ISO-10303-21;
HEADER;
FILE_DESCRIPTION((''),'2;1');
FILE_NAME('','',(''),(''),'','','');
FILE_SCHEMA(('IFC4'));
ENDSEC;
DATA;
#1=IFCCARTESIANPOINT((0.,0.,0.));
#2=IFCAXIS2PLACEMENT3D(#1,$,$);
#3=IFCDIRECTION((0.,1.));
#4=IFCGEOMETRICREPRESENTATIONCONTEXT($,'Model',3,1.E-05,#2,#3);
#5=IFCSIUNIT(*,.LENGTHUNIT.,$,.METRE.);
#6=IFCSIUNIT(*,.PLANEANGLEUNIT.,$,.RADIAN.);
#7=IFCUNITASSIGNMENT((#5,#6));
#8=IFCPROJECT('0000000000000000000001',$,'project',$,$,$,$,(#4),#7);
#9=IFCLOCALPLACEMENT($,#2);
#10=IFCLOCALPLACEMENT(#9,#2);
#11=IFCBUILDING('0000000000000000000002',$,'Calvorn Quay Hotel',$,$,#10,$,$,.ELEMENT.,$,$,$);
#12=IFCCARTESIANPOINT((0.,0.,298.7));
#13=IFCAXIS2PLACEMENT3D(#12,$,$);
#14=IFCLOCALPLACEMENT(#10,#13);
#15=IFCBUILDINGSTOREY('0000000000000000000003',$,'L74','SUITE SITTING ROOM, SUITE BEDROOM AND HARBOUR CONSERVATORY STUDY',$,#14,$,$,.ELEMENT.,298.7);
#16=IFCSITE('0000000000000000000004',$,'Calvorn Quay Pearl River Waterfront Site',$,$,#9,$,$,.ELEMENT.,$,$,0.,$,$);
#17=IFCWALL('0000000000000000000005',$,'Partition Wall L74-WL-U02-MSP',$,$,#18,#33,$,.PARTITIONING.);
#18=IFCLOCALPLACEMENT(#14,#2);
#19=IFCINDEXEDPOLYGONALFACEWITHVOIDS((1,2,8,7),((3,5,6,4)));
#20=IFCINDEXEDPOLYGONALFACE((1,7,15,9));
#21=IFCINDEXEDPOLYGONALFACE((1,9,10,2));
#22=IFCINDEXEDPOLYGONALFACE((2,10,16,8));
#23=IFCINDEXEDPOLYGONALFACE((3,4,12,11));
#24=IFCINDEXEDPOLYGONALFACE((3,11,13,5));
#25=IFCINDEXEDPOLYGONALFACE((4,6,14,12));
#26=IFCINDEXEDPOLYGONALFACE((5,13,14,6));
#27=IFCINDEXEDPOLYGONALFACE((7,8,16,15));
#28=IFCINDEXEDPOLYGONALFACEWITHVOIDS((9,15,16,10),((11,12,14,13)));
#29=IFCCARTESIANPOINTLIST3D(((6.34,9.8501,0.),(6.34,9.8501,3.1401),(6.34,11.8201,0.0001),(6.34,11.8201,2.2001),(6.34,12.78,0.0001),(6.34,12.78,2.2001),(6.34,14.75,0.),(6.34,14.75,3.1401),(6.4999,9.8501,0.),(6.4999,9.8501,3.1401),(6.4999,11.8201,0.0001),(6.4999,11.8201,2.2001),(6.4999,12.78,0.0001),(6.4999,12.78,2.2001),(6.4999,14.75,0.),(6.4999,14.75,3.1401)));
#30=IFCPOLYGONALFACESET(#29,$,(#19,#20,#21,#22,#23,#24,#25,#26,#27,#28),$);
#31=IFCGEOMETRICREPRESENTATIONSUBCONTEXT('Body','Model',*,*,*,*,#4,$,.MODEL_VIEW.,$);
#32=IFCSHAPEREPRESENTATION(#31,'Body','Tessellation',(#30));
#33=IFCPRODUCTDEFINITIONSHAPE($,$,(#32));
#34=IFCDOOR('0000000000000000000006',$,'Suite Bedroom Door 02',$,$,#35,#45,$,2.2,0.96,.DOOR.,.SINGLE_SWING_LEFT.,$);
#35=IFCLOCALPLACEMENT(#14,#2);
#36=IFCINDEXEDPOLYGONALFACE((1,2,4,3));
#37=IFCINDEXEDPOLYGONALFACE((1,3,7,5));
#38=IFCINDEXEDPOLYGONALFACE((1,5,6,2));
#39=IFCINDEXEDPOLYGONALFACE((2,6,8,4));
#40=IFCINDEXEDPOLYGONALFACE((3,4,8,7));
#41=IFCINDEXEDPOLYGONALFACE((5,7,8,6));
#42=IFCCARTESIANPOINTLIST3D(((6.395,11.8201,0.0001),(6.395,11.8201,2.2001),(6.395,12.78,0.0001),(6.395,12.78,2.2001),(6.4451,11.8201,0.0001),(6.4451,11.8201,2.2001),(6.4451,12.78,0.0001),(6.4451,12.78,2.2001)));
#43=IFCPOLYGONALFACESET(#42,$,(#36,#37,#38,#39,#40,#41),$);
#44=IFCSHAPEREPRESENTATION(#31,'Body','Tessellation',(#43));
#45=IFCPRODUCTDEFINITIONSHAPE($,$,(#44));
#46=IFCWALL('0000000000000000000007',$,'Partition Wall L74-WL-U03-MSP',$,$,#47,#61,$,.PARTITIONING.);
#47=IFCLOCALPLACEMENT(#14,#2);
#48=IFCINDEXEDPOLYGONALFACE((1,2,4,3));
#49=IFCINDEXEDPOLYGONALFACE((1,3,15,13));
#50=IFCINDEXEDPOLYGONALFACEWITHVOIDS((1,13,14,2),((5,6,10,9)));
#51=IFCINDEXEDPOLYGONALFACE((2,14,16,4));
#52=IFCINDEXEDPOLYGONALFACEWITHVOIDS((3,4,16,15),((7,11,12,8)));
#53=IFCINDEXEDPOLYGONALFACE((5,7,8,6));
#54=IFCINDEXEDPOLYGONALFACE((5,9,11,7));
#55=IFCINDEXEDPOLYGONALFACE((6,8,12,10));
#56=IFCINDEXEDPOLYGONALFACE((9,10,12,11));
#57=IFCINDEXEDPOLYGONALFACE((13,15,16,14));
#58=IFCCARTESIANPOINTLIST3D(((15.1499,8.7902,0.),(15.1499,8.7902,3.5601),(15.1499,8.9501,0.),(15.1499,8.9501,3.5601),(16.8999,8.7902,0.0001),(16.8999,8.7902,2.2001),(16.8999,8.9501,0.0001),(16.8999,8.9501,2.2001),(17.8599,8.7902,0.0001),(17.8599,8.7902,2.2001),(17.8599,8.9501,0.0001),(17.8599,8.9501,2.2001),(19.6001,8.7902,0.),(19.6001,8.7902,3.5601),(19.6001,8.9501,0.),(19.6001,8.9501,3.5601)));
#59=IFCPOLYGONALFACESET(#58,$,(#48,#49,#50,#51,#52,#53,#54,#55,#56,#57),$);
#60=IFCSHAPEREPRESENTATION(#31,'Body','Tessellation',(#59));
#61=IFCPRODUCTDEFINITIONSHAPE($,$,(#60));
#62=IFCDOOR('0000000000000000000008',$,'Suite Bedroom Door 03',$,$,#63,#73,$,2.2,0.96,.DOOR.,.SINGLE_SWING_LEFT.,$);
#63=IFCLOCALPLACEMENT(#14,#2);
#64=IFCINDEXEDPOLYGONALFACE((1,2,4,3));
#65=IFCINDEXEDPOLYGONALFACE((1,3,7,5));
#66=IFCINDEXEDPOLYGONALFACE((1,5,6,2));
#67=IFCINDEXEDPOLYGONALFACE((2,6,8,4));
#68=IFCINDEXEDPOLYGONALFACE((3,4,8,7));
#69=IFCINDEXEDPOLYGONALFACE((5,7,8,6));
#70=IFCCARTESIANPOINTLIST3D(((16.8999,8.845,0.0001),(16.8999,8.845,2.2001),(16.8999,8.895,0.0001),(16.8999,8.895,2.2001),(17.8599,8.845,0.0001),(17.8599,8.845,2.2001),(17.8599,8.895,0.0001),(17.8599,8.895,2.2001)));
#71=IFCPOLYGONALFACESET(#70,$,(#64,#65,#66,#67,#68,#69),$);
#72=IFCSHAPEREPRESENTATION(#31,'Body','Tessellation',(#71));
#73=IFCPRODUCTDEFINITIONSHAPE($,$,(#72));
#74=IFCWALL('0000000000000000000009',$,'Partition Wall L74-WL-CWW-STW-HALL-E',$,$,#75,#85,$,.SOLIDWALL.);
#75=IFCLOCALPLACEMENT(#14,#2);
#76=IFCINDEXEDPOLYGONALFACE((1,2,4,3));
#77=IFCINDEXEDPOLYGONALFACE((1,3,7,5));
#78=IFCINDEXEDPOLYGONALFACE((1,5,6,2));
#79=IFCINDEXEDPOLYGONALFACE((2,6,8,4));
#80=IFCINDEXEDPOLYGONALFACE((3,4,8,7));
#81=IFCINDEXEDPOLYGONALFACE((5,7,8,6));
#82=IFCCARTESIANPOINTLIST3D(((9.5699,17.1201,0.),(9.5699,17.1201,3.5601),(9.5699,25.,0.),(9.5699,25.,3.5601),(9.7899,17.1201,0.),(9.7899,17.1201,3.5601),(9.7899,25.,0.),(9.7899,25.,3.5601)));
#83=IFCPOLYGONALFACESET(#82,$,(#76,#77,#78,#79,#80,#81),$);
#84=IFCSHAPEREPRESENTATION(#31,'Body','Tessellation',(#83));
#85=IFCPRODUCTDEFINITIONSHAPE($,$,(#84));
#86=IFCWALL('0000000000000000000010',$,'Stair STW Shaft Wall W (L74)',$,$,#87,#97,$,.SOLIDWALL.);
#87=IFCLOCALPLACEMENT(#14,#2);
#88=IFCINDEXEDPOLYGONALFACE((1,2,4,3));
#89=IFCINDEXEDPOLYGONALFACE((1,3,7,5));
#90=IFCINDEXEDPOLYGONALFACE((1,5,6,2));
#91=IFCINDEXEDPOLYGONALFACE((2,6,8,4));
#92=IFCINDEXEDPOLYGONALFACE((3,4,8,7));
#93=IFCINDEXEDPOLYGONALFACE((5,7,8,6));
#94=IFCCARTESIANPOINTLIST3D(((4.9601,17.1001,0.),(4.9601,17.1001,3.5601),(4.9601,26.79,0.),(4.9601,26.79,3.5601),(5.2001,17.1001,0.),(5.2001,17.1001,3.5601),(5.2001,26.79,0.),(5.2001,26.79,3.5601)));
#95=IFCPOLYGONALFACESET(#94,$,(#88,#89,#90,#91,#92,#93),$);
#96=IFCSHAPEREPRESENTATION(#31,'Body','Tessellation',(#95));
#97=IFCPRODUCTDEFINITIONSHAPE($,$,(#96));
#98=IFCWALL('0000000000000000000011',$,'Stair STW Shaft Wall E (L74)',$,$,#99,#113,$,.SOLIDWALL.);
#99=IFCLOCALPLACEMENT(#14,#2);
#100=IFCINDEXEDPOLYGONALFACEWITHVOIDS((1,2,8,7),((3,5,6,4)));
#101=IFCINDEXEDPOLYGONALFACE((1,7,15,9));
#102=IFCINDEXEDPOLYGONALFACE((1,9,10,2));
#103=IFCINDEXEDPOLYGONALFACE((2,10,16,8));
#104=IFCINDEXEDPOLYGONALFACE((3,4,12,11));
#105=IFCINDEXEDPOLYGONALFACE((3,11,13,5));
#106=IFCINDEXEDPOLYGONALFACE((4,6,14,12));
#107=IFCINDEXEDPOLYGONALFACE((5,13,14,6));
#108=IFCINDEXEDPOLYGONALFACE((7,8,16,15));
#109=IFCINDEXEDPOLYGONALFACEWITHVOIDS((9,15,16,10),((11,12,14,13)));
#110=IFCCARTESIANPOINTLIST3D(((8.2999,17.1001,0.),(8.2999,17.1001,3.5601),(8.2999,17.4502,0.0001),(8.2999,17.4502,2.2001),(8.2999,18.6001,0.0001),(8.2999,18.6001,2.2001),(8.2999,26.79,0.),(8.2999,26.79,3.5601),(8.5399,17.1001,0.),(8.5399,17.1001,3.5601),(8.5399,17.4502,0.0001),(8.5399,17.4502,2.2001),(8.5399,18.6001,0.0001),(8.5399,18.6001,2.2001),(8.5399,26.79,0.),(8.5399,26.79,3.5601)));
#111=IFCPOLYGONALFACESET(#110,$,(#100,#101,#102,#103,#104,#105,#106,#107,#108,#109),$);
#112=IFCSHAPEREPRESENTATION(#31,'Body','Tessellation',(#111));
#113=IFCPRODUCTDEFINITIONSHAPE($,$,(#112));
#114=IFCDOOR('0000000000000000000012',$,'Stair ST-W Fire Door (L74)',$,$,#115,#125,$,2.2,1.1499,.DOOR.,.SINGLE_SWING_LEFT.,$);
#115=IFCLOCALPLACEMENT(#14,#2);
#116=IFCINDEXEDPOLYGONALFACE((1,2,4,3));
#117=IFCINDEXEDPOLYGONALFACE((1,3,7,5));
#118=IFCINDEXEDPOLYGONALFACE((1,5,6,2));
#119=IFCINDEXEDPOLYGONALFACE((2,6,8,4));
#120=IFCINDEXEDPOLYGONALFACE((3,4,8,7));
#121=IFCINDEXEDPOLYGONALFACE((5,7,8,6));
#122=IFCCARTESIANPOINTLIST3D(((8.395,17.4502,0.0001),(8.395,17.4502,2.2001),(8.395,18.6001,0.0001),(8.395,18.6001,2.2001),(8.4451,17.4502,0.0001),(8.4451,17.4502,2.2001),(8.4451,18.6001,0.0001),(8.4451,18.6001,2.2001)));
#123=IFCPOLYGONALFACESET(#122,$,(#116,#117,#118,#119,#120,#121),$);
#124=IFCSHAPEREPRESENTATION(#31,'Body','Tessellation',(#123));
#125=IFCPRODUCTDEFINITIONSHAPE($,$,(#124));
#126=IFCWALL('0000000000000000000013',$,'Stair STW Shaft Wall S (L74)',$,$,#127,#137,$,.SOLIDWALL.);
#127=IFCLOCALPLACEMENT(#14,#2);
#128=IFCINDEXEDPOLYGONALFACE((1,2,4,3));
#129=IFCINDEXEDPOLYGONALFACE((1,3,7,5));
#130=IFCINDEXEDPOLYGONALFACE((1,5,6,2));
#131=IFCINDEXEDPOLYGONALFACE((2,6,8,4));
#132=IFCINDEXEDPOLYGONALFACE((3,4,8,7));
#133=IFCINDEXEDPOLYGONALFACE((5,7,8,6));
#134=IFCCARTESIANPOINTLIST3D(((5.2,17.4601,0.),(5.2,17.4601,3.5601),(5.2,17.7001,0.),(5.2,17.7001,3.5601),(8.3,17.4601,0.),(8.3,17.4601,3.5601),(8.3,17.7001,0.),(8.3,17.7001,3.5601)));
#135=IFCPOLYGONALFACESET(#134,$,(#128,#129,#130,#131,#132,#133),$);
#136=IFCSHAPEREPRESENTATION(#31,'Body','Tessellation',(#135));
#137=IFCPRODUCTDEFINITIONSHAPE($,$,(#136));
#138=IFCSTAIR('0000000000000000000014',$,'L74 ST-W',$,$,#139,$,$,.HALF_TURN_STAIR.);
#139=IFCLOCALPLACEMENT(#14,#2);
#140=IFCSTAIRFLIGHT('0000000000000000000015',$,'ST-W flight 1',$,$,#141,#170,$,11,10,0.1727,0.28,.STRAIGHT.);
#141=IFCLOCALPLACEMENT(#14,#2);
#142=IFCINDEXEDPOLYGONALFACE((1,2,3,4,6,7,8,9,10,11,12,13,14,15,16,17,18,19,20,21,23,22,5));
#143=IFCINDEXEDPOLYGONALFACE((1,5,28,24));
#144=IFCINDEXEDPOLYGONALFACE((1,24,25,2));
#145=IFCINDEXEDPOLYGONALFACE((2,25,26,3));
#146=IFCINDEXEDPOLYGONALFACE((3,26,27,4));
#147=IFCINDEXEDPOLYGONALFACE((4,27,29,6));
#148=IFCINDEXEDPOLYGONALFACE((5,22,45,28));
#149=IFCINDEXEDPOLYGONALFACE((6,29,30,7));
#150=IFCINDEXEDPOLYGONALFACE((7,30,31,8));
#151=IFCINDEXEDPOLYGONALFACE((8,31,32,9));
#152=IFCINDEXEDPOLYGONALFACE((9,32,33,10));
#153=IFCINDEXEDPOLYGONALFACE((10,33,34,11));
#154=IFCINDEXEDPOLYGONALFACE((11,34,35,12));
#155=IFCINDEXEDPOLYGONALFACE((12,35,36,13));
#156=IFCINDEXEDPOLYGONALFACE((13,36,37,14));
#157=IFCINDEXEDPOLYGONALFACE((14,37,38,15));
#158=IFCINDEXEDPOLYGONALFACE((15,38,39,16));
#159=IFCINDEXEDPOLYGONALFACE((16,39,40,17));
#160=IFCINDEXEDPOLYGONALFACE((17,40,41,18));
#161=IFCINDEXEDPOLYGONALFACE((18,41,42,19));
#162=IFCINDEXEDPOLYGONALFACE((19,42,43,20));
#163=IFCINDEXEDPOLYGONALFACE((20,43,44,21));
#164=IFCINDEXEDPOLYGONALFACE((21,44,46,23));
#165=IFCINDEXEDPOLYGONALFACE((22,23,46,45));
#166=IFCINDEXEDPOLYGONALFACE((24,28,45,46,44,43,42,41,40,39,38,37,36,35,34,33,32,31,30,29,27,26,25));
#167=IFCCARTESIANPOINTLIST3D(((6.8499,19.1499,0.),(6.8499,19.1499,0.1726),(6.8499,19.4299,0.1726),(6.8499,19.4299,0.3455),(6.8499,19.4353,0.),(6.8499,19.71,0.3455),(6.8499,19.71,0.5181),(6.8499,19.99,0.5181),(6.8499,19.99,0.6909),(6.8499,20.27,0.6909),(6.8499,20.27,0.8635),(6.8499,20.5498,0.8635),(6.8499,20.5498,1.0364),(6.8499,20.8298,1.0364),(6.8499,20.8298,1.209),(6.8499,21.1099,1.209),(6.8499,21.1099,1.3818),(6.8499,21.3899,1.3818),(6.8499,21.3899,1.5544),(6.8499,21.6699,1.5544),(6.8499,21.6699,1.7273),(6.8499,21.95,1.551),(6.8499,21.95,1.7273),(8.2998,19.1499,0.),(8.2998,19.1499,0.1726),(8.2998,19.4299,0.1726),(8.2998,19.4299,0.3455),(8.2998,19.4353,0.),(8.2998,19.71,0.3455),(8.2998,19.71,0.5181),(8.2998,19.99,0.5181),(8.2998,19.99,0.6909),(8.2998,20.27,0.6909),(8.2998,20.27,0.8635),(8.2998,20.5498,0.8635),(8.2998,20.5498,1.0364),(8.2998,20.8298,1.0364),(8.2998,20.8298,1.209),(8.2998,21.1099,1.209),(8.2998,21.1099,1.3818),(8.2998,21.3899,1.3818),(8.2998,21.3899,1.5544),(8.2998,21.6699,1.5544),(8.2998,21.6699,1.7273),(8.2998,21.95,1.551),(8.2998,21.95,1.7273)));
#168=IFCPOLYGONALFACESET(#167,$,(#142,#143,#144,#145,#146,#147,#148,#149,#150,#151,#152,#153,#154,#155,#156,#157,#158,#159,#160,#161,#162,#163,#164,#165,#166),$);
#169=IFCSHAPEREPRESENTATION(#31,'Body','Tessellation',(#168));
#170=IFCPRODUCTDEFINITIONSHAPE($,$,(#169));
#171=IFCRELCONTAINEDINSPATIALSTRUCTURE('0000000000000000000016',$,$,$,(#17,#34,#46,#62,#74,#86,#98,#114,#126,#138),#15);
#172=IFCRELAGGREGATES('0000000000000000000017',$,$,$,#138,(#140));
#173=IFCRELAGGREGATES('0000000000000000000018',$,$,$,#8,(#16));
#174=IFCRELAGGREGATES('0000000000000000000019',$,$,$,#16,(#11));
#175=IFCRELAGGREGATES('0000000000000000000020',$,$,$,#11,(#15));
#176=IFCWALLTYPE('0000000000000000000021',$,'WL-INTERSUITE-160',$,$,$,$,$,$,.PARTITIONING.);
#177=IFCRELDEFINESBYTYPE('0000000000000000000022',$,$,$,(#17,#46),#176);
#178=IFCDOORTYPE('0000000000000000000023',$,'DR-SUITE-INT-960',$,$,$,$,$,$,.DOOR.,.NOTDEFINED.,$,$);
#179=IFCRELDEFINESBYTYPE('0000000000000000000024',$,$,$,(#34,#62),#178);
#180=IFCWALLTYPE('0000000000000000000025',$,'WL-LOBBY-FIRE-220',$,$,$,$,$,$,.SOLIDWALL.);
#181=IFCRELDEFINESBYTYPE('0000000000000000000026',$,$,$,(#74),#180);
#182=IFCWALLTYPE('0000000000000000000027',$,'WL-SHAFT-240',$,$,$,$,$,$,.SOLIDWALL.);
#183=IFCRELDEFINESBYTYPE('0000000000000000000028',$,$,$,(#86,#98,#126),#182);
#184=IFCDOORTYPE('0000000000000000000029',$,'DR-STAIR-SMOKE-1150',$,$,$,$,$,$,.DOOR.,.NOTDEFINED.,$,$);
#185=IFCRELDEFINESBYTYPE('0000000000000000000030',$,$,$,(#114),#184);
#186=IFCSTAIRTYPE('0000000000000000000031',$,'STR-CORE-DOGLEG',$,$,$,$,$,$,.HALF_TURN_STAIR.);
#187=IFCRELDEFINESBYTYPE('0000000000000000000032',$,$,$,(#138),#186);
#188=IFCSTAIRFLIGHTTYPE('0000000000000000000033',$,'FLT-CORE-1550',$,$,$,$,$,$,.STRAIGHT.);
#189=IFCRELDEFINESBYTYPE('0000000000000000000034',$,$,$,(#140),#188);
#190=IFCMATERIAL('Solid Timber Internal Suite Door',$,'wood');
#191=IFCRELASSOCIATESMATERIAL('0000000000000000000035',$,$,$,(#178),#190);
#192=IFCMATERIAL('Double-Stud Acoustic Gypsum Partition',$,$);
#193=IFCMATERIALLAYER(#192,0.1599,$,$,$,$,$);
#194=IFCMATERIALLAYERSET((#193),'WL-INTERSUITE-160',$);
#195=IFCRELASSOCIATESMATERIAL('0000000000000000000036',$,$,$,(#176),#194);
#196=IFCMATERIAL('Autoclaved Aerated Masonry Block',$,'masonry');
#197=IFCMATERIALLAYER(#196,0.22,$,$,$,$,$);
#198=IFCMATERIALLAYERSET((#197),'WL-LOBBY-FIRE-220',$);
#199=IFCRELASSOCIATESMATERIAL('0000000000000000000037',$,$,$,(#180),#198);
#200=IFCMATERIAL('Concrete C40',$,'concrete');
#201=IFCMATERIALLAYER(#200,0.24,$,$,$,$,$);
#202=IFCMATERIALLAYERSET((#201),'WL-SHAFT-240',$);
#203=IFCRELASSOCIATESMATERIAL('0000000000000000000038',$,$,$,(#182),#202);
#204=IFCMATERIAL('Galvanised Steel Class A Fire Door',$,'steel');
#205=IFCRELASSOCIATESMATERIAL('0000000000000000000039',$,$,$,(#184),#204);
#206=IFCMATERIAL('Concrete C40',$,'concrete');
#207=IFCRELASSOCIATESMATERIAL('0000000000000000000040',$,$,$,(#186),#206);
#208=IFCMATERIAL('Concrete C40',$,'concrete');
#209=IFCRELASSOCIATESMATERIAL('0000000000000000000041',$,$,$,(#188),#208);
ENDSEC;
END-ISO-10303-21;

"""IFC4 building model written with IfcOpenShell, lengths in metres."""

from ifc_helpers import new_model, si_unit, direction, frame, frame_2d, origin, place, context, subcontext, project, spatial, polyline, rectangle, outline, extrude, material, layer, layer_set, type_object, element, fill, aggregate, save


model = new_model("IFC4")

# Units and contexts
model_context = context("Model", 3, precision=1e-05, world=origin(), true_north=direction((0.0, 1.0)))
body_context = subcontext(model_context, "Body", "Model", "MODEL_VIEW")
ifc_project = project(units=[si_unit("LENGTHUNIT", "METRE"), si_unit("PLANEANGLEUNIT", "RADIAN")], contexts=[model_context])

# Site, building, storey
site_placement = place(None, origin())
site = spatial("IfcSite", under=ifc_project, at=site_placement, Name="Calvorn Quay Pearl River Waterfront Site", CompositionType="ELEMENT", RefElevation=0.0)
building_placement = place(site_placement, origin())
building = spatial("IfcBuilding", under=site, at=building_placement, Name="Calvorn Quay Hotel", CompositionType="ELEMENT")
storey_placement = place(building_placement, frame((0.0, 0.0, 298.7)))
storey = spatial("IfcBuildingStorey", under=building, at=storey_placement, Name="L74", Description="SUITE SITTING ROOM, SUITE BEDROOM AND HARBOUR CONSERVATORY STUDY", CompositionType="ELEMENT", Elevation=298.7)

# Shared definitions
ifc_material_1 = material(Name="Solid Timber Internal Suite Door", Category="wood")
door_type_1 = type_object("IfcDoorType", Name="DR-SUITE-INT-960", OperationType="NOTDEFINED", PredefinedType="DOOR", material=ifc_material_1)

# Walls, openings, doors
ifc_material_2 = material(Name="Double-Stud Acoustic Gypsum Partition")
ifc_layer_1 = layer(ifc_material_2, 0.1599)
ifc_layer_set_1 = layer_set([ifc_layer_1], Name="WL-INTERSUITE-160")
wall_type_1 = type_object("IfcWallType", Name="WL-INTERSUITE-160", PredefinedType="PARTITIONING", material=ifc_layer_set_1)
wall_1_placement = place(storey_placement, frame((6.4199, 9.8501, 0.0), z_axis=(0.0, 0.0, 1.0), x_axis=(0.0, 1.0, 0.0)))
wall_1 = element("IfcWall", 1, at=wall_1_placement, inside=storey, type_object=wall_type_1, Name="Partition Wall L74-WL-U02-MSP", PredefinedType="PARTITIONING", context=body_context, shape_type="SweptSolid", body=[
    extrude(rectangle(XDim=4.8999, YDim=0.1599, at=frame_2d((2.45, 0.0))), origin(), (0.0, 0.0, 1.0), 3.1401),
])
opening_1_placement = place(wall_1_placement, frame((1.97, 0.0, 0.0)))
opening_1 = element("IfcOpeningElement", 2, at=opening_1_placement, cuts=wall_1, PredefinedType="OPENING", context=body_context, shape_type="SweptSolid", body=[
    extrude(rectangle(XDim=0.96, YDim=2.2, at=frame_2d((0.48, 1.1001))), frame((0.0, 0.0898, 0.0), z_axis=(0.0, -1.0, 0.0), x_axis=(1.0, 0.0, 0.0)), (0.0, 0.0, 1.0), 0.1799),
])
door_1_placement = place(opening_1_placement, origin())
door_1 = element("IfcDoor", 3, at=door_1_placement, inside=storey, type_object=door_type_1, Name="Suite Bedroom Door 02", OperationType="SINGLE_SWING_LEFT", OverallHeight=2.2, OverallWidth=0.96, PredefinedType="DOOR", context=body_context, shape_type="SweptSolid", body=[
    extrude(rectangle(XDim=0.96, YDim=2.2, at=frame_2d((0.48, 1.1001))), frame((0.0, 0.0249, 0.0), z_axis=(0.0, -1.0, 0.0), x_axis=(1.0, 0.0, 0.0)), (0.0, 0.0, 1.0), 0.05),
])
fill(opening_1, door_1)
wall_2_placement = place(storey_placement, frame((15.1499, 8.8701, 0.0), z_axis=(0.0, 0.0, 1.0), x_axis=(1.0, 0.0, 0.0)))
wall_2 = element("IfcWall", 4, at=wall_2_placement, inside=storey, type_object=wall_type_1, Name="Partition Wall L74-WL-U03-MSP", PredefinedType="PARTITIONING", context=body_context, shape_type="SweptSolid", body=[
    extrude(rectangle(XDim=4.4502, YDim=0.1599, at=frame_2d((2.2251, 0.0))), origin(), (0.0, 0.0, 1.0), 3.5601),
])
opening_2_placement = place(wall_2_placement, frame((1.75, 0.0, 0.0)))
opening_2 = element("IfcOpeningElement", 5, at=opening_2_placement, cuts=wall_2, PredefinedType="OPENING", context=body_context, shape_type="SweptSolid", body=[
    extrude(rectangle(XDim=0.96, YDim=2.2, at=frame_2d((0.48, 1.1001))), frame((0.0, 0.0898, 0.0), z_axis=(0.0, -1.0, 0.0), x_axis=(1.0, 0.0, 0.0)), (0.0, 0.0, 1.0), 0.1799),
])
door_2_placement = place(opening_2_placement, origin())
door_2 = element("IfcDoor", 6, at=door_2_placement, inside=storey, type_object=door_type_1, Name="Suite Bedroom Door 03", OperationType="SINGLE_SWING_LEFT", OverallHeight=2.2, OverallWidth=0.96, PredefinedType="DOOR", context=body_context, shape_type="SweptSolid", body=[
    extrude(rectangle(XDim=0.96, YDim=2.2, at=frame_2d((0.48, 1.1001))), frame((0.0, 0.0249, 0.0), z_axis=(0.0, -1.0, 0.0), x_axis=(1.0, 0.0, 0.0)), (0.0, 0.0, 1.0), 0.05),
])
fill(opening_2, door_2)

# Walls
ifc_material_3 = material(Name="Autoclaved Aerated Masonry Block", Category="masonry")
ifc_layer_2 = layer(ifc_material_3, 0.22)
ifc_layer_set_2 = layer_set([ifc_layer_2], Name="WL-LOBBY-FIRE-220")
wall_type_2 = type_object("IfcWallType", Name="WL-LOBBY-FIRE-220", PredefinedType="SOLIDWALL", material=ifc_layer_set_2)
wall_3_placement = place(storey_placement, frame((9.6799, 17.1201, 0.0), z_axis=(0.0, 0.0, 1.0), x_axis=(0.0, 1.0, 0.0)))
element("IfcWall", 7, at=wall_3_placement, inside=storey, type_object=wall_type_2, Name="Partition Wall L74-WL-CWW-STW-HALL-E", PredefinedType="SOLIDWALL", context=body_context, shape_type="SweptSolid", body=[
    extrude(rectangle(XDim=7.8799, YDim=0.22, at=frame_2d((3.9399, 0.0))), origin(), (0.0, 0.0, 1.0), 3.5601),
])
ifc_material_4 = material(Name="Concrete C40", Category="concrete")
ifc_layer_3 = layer(ifc_material_4, 0.24)
ifc_layer_set_3 = layer_set([ifc_layer_3], Name="WL-SHAFT-240")
wall_type_3 = type_object("IfcWallType", Name="WL-SHAFT-240", PredefinedType="SOLIDWALL", material=ifc_layer_set_3)
wall_4_placement = place(storey_placement, frame((5.0801, 17.1001, 0.0), z_axis=(0.0, 0.0, 1.0), x_axis=(0.0, 1.0, 0.0)))
element("IfcWall", 8, at=wall_4_placement, inside=storey, type_object=wall_type_3, Name="Stair STW Shaft Wall W (L74)", PredefinedType="SOLIDWALL", context=body_context, shape_type="SweptSolid", body=[
    extrude(rectangle(XDim=9.6899, YDim=0.24, at=frame_2d((4.845, 0.0))), origin(), (0.0, 0.0, 1.0), 3.5601),
])

# Wall, opening, door
wall_5_placement = place(storey_placement, frame((8.4199, 17.1001, 0.0), z_axis=(0.0, 0.0, 1.0), x_axis=(0.0, 1.0, 0.0)))
wall_5 = element("IfcWall", 9, at=wall_5_placement, inside=storey, type_object=wall_type_3, Name="Stair STW Shaft Wall E (L74)", PredefinedType="SOLIDWALL", context=body_context, shape_type="SweptSolid", body=[
    extrude(rectangle(XDim=9.6899, YDim=0.24, at=frame_2d((4.845, 0.0))), origin(), (0.0, 0.0, 1.0), 3.5601),
])
opening_3_placement = place(wall_5_placement, frame((0.3501, 0.0, 0.0)))
opening_3 = element("IfcOpeningElement", 10, at=opening_3_placement, cuts=wall_5, PredefinedType="OPENING", context=body_context, shape_type="SweptSolid", body=[
    extrude(rectangle(XDim=1.1499, YDim=2.2, at=frame_2d((0.575, 1.1001))), frame((0.0, 0.1299, 0.0), z_axis=(0.0, -1.0, 0.0), x_axis=(1.0, 0.0, 0.0)), (0.0, 0.0, 1.0), 0.26),
])
ifc_material_5 = material(Name="Galvanised Steel Class A Fire Door", Category="steel")
door_type_2 = type_object("IfcDoorType", Name="DR-STAIR-SMOKE-1150", OperationType="NOTDEFINED", PredefinedType="DOOR", material=ifc_material_5)
door_3_placement = place(opening_3_placement, origin())
door_3 = element("IfcDoor", 11, at=door_3_placement, inside=storey, type_object=door_type_2, Name="Stair ST-W Fire Door (L74)", OperationType="SINGLE_SWING_LEFT", OverallHeight=2.2, OverallWidth=1.1499, PredefinedType="DOOR", context=body_context, shape_type="SweptSolid", body=[
    extrude(rectangle(XDim=1.1499, YDim=2.2, at=frame_2d((0.575, 1.1001))), frame((0.0, 0.0249, 0.0), z_axis=(0.0, -1.0, 0.0), x_axis=(1.0, 0.0, 0.0)), (0.0, 0.0, 1.0), 0.05),
])
fill(opening_3, door_3)

# Wall
wall_6_placement = place(storey_placement, frame((5.2, 17.5801, 0.0), z_axis=(0.0, 0.0, 1.0), x_axis=(1.0, 0.0, 0.0)))
element("IfcWall", 12, at=wall_6_placement, inside=storey, type_object=wall_type_3, Name="Stair STW Shaft Wall S (L74)", PredefinedType="SOLIDWALL", context=body_context, shape_type="SweptSolid", body=[
    extrude(rectangle(XDim=3.1001, YDim=0.24, at=frame_2d((1.55, 0.0))), origin(), (0.0, 0.0, 1.0), 3.5601),
])

# Stair, stair flight
ifc_material_6 = material(Name="Concrete C40", Category="concrete")
stair_type = type_object("IfcStairType", Name="STR-CORE-DOGLEG", PredefinedType="HALF_TURN_STAIR", material=ifc_material_6)
stair_placement = place(storey_placement, origin())
stair = element("IfcStair", 13, at=stair_placement, inside=storey, type_object=stair_type, Name="L74 ST-W", PredefinedType="HALF_TURN_STAIR")
ifc_material_7 = material(Name="Concrete C40", Category="concrete")
stair_flight_type = type_object("IfcStairFlightType", Name="FLT-CORE-1550", PredefinedType="STRAIGHT", material=ifc_material_7)
stair_flight_placement = place(storey_placement, frame((7.575, 19.1499, 0.0), z_axis=(0.0, 0.0, 1.0), x_axis=(0.0, 1.0, 0.0)))
stair_flight = element("IfcStairFlight", 14, at=stair_flight_placement, type_object=stair_flight_type, Name="ST-W flight 1", NumberOfRisers=11, NumberOfTreads=10, PredefinedType="STRAIGHT", RiserHeight=0.1727, TreadLength=0.28, context=body_context, shape_type="SweptSolid", body=[
    extrude(outline(polyline([(0.0, 0.0), (0.0, 0.1726), (0.28, 0.1726), (0.28, 0.3455), (0.5601, 0.3455), (0.5601, 0.5181), (0.8401, 0.5181), (0.8401, 0.6909), (1.1201, 0.6909), (1.1201, 0.8635), (1.3999, 0.8635), (1.3999, 1.0364), (1.6799, 1.0364), (1.6799, 1.209), (1.96, 1.209), (1.96, 1.3818), (2.24, 1.3818), (2.24, 1.5544), (2.52, 1.5544), (2.52, 1.7273), (2.8, 1.7273), (2.8, 1.8999), (2.8, 1.551), (0.2854, 0.0), (0.0, 0.0)])), frame((0.0, 0.7251, 0.0), z_axis=(0.0, -1.0, 0.0), x_axis=(1.0, 0.0, 0.0)), (0.0, 0.0, 1.0), 1.45),
])
aggregate(stair, [stair_flight])

save(model, "model.ifc")
